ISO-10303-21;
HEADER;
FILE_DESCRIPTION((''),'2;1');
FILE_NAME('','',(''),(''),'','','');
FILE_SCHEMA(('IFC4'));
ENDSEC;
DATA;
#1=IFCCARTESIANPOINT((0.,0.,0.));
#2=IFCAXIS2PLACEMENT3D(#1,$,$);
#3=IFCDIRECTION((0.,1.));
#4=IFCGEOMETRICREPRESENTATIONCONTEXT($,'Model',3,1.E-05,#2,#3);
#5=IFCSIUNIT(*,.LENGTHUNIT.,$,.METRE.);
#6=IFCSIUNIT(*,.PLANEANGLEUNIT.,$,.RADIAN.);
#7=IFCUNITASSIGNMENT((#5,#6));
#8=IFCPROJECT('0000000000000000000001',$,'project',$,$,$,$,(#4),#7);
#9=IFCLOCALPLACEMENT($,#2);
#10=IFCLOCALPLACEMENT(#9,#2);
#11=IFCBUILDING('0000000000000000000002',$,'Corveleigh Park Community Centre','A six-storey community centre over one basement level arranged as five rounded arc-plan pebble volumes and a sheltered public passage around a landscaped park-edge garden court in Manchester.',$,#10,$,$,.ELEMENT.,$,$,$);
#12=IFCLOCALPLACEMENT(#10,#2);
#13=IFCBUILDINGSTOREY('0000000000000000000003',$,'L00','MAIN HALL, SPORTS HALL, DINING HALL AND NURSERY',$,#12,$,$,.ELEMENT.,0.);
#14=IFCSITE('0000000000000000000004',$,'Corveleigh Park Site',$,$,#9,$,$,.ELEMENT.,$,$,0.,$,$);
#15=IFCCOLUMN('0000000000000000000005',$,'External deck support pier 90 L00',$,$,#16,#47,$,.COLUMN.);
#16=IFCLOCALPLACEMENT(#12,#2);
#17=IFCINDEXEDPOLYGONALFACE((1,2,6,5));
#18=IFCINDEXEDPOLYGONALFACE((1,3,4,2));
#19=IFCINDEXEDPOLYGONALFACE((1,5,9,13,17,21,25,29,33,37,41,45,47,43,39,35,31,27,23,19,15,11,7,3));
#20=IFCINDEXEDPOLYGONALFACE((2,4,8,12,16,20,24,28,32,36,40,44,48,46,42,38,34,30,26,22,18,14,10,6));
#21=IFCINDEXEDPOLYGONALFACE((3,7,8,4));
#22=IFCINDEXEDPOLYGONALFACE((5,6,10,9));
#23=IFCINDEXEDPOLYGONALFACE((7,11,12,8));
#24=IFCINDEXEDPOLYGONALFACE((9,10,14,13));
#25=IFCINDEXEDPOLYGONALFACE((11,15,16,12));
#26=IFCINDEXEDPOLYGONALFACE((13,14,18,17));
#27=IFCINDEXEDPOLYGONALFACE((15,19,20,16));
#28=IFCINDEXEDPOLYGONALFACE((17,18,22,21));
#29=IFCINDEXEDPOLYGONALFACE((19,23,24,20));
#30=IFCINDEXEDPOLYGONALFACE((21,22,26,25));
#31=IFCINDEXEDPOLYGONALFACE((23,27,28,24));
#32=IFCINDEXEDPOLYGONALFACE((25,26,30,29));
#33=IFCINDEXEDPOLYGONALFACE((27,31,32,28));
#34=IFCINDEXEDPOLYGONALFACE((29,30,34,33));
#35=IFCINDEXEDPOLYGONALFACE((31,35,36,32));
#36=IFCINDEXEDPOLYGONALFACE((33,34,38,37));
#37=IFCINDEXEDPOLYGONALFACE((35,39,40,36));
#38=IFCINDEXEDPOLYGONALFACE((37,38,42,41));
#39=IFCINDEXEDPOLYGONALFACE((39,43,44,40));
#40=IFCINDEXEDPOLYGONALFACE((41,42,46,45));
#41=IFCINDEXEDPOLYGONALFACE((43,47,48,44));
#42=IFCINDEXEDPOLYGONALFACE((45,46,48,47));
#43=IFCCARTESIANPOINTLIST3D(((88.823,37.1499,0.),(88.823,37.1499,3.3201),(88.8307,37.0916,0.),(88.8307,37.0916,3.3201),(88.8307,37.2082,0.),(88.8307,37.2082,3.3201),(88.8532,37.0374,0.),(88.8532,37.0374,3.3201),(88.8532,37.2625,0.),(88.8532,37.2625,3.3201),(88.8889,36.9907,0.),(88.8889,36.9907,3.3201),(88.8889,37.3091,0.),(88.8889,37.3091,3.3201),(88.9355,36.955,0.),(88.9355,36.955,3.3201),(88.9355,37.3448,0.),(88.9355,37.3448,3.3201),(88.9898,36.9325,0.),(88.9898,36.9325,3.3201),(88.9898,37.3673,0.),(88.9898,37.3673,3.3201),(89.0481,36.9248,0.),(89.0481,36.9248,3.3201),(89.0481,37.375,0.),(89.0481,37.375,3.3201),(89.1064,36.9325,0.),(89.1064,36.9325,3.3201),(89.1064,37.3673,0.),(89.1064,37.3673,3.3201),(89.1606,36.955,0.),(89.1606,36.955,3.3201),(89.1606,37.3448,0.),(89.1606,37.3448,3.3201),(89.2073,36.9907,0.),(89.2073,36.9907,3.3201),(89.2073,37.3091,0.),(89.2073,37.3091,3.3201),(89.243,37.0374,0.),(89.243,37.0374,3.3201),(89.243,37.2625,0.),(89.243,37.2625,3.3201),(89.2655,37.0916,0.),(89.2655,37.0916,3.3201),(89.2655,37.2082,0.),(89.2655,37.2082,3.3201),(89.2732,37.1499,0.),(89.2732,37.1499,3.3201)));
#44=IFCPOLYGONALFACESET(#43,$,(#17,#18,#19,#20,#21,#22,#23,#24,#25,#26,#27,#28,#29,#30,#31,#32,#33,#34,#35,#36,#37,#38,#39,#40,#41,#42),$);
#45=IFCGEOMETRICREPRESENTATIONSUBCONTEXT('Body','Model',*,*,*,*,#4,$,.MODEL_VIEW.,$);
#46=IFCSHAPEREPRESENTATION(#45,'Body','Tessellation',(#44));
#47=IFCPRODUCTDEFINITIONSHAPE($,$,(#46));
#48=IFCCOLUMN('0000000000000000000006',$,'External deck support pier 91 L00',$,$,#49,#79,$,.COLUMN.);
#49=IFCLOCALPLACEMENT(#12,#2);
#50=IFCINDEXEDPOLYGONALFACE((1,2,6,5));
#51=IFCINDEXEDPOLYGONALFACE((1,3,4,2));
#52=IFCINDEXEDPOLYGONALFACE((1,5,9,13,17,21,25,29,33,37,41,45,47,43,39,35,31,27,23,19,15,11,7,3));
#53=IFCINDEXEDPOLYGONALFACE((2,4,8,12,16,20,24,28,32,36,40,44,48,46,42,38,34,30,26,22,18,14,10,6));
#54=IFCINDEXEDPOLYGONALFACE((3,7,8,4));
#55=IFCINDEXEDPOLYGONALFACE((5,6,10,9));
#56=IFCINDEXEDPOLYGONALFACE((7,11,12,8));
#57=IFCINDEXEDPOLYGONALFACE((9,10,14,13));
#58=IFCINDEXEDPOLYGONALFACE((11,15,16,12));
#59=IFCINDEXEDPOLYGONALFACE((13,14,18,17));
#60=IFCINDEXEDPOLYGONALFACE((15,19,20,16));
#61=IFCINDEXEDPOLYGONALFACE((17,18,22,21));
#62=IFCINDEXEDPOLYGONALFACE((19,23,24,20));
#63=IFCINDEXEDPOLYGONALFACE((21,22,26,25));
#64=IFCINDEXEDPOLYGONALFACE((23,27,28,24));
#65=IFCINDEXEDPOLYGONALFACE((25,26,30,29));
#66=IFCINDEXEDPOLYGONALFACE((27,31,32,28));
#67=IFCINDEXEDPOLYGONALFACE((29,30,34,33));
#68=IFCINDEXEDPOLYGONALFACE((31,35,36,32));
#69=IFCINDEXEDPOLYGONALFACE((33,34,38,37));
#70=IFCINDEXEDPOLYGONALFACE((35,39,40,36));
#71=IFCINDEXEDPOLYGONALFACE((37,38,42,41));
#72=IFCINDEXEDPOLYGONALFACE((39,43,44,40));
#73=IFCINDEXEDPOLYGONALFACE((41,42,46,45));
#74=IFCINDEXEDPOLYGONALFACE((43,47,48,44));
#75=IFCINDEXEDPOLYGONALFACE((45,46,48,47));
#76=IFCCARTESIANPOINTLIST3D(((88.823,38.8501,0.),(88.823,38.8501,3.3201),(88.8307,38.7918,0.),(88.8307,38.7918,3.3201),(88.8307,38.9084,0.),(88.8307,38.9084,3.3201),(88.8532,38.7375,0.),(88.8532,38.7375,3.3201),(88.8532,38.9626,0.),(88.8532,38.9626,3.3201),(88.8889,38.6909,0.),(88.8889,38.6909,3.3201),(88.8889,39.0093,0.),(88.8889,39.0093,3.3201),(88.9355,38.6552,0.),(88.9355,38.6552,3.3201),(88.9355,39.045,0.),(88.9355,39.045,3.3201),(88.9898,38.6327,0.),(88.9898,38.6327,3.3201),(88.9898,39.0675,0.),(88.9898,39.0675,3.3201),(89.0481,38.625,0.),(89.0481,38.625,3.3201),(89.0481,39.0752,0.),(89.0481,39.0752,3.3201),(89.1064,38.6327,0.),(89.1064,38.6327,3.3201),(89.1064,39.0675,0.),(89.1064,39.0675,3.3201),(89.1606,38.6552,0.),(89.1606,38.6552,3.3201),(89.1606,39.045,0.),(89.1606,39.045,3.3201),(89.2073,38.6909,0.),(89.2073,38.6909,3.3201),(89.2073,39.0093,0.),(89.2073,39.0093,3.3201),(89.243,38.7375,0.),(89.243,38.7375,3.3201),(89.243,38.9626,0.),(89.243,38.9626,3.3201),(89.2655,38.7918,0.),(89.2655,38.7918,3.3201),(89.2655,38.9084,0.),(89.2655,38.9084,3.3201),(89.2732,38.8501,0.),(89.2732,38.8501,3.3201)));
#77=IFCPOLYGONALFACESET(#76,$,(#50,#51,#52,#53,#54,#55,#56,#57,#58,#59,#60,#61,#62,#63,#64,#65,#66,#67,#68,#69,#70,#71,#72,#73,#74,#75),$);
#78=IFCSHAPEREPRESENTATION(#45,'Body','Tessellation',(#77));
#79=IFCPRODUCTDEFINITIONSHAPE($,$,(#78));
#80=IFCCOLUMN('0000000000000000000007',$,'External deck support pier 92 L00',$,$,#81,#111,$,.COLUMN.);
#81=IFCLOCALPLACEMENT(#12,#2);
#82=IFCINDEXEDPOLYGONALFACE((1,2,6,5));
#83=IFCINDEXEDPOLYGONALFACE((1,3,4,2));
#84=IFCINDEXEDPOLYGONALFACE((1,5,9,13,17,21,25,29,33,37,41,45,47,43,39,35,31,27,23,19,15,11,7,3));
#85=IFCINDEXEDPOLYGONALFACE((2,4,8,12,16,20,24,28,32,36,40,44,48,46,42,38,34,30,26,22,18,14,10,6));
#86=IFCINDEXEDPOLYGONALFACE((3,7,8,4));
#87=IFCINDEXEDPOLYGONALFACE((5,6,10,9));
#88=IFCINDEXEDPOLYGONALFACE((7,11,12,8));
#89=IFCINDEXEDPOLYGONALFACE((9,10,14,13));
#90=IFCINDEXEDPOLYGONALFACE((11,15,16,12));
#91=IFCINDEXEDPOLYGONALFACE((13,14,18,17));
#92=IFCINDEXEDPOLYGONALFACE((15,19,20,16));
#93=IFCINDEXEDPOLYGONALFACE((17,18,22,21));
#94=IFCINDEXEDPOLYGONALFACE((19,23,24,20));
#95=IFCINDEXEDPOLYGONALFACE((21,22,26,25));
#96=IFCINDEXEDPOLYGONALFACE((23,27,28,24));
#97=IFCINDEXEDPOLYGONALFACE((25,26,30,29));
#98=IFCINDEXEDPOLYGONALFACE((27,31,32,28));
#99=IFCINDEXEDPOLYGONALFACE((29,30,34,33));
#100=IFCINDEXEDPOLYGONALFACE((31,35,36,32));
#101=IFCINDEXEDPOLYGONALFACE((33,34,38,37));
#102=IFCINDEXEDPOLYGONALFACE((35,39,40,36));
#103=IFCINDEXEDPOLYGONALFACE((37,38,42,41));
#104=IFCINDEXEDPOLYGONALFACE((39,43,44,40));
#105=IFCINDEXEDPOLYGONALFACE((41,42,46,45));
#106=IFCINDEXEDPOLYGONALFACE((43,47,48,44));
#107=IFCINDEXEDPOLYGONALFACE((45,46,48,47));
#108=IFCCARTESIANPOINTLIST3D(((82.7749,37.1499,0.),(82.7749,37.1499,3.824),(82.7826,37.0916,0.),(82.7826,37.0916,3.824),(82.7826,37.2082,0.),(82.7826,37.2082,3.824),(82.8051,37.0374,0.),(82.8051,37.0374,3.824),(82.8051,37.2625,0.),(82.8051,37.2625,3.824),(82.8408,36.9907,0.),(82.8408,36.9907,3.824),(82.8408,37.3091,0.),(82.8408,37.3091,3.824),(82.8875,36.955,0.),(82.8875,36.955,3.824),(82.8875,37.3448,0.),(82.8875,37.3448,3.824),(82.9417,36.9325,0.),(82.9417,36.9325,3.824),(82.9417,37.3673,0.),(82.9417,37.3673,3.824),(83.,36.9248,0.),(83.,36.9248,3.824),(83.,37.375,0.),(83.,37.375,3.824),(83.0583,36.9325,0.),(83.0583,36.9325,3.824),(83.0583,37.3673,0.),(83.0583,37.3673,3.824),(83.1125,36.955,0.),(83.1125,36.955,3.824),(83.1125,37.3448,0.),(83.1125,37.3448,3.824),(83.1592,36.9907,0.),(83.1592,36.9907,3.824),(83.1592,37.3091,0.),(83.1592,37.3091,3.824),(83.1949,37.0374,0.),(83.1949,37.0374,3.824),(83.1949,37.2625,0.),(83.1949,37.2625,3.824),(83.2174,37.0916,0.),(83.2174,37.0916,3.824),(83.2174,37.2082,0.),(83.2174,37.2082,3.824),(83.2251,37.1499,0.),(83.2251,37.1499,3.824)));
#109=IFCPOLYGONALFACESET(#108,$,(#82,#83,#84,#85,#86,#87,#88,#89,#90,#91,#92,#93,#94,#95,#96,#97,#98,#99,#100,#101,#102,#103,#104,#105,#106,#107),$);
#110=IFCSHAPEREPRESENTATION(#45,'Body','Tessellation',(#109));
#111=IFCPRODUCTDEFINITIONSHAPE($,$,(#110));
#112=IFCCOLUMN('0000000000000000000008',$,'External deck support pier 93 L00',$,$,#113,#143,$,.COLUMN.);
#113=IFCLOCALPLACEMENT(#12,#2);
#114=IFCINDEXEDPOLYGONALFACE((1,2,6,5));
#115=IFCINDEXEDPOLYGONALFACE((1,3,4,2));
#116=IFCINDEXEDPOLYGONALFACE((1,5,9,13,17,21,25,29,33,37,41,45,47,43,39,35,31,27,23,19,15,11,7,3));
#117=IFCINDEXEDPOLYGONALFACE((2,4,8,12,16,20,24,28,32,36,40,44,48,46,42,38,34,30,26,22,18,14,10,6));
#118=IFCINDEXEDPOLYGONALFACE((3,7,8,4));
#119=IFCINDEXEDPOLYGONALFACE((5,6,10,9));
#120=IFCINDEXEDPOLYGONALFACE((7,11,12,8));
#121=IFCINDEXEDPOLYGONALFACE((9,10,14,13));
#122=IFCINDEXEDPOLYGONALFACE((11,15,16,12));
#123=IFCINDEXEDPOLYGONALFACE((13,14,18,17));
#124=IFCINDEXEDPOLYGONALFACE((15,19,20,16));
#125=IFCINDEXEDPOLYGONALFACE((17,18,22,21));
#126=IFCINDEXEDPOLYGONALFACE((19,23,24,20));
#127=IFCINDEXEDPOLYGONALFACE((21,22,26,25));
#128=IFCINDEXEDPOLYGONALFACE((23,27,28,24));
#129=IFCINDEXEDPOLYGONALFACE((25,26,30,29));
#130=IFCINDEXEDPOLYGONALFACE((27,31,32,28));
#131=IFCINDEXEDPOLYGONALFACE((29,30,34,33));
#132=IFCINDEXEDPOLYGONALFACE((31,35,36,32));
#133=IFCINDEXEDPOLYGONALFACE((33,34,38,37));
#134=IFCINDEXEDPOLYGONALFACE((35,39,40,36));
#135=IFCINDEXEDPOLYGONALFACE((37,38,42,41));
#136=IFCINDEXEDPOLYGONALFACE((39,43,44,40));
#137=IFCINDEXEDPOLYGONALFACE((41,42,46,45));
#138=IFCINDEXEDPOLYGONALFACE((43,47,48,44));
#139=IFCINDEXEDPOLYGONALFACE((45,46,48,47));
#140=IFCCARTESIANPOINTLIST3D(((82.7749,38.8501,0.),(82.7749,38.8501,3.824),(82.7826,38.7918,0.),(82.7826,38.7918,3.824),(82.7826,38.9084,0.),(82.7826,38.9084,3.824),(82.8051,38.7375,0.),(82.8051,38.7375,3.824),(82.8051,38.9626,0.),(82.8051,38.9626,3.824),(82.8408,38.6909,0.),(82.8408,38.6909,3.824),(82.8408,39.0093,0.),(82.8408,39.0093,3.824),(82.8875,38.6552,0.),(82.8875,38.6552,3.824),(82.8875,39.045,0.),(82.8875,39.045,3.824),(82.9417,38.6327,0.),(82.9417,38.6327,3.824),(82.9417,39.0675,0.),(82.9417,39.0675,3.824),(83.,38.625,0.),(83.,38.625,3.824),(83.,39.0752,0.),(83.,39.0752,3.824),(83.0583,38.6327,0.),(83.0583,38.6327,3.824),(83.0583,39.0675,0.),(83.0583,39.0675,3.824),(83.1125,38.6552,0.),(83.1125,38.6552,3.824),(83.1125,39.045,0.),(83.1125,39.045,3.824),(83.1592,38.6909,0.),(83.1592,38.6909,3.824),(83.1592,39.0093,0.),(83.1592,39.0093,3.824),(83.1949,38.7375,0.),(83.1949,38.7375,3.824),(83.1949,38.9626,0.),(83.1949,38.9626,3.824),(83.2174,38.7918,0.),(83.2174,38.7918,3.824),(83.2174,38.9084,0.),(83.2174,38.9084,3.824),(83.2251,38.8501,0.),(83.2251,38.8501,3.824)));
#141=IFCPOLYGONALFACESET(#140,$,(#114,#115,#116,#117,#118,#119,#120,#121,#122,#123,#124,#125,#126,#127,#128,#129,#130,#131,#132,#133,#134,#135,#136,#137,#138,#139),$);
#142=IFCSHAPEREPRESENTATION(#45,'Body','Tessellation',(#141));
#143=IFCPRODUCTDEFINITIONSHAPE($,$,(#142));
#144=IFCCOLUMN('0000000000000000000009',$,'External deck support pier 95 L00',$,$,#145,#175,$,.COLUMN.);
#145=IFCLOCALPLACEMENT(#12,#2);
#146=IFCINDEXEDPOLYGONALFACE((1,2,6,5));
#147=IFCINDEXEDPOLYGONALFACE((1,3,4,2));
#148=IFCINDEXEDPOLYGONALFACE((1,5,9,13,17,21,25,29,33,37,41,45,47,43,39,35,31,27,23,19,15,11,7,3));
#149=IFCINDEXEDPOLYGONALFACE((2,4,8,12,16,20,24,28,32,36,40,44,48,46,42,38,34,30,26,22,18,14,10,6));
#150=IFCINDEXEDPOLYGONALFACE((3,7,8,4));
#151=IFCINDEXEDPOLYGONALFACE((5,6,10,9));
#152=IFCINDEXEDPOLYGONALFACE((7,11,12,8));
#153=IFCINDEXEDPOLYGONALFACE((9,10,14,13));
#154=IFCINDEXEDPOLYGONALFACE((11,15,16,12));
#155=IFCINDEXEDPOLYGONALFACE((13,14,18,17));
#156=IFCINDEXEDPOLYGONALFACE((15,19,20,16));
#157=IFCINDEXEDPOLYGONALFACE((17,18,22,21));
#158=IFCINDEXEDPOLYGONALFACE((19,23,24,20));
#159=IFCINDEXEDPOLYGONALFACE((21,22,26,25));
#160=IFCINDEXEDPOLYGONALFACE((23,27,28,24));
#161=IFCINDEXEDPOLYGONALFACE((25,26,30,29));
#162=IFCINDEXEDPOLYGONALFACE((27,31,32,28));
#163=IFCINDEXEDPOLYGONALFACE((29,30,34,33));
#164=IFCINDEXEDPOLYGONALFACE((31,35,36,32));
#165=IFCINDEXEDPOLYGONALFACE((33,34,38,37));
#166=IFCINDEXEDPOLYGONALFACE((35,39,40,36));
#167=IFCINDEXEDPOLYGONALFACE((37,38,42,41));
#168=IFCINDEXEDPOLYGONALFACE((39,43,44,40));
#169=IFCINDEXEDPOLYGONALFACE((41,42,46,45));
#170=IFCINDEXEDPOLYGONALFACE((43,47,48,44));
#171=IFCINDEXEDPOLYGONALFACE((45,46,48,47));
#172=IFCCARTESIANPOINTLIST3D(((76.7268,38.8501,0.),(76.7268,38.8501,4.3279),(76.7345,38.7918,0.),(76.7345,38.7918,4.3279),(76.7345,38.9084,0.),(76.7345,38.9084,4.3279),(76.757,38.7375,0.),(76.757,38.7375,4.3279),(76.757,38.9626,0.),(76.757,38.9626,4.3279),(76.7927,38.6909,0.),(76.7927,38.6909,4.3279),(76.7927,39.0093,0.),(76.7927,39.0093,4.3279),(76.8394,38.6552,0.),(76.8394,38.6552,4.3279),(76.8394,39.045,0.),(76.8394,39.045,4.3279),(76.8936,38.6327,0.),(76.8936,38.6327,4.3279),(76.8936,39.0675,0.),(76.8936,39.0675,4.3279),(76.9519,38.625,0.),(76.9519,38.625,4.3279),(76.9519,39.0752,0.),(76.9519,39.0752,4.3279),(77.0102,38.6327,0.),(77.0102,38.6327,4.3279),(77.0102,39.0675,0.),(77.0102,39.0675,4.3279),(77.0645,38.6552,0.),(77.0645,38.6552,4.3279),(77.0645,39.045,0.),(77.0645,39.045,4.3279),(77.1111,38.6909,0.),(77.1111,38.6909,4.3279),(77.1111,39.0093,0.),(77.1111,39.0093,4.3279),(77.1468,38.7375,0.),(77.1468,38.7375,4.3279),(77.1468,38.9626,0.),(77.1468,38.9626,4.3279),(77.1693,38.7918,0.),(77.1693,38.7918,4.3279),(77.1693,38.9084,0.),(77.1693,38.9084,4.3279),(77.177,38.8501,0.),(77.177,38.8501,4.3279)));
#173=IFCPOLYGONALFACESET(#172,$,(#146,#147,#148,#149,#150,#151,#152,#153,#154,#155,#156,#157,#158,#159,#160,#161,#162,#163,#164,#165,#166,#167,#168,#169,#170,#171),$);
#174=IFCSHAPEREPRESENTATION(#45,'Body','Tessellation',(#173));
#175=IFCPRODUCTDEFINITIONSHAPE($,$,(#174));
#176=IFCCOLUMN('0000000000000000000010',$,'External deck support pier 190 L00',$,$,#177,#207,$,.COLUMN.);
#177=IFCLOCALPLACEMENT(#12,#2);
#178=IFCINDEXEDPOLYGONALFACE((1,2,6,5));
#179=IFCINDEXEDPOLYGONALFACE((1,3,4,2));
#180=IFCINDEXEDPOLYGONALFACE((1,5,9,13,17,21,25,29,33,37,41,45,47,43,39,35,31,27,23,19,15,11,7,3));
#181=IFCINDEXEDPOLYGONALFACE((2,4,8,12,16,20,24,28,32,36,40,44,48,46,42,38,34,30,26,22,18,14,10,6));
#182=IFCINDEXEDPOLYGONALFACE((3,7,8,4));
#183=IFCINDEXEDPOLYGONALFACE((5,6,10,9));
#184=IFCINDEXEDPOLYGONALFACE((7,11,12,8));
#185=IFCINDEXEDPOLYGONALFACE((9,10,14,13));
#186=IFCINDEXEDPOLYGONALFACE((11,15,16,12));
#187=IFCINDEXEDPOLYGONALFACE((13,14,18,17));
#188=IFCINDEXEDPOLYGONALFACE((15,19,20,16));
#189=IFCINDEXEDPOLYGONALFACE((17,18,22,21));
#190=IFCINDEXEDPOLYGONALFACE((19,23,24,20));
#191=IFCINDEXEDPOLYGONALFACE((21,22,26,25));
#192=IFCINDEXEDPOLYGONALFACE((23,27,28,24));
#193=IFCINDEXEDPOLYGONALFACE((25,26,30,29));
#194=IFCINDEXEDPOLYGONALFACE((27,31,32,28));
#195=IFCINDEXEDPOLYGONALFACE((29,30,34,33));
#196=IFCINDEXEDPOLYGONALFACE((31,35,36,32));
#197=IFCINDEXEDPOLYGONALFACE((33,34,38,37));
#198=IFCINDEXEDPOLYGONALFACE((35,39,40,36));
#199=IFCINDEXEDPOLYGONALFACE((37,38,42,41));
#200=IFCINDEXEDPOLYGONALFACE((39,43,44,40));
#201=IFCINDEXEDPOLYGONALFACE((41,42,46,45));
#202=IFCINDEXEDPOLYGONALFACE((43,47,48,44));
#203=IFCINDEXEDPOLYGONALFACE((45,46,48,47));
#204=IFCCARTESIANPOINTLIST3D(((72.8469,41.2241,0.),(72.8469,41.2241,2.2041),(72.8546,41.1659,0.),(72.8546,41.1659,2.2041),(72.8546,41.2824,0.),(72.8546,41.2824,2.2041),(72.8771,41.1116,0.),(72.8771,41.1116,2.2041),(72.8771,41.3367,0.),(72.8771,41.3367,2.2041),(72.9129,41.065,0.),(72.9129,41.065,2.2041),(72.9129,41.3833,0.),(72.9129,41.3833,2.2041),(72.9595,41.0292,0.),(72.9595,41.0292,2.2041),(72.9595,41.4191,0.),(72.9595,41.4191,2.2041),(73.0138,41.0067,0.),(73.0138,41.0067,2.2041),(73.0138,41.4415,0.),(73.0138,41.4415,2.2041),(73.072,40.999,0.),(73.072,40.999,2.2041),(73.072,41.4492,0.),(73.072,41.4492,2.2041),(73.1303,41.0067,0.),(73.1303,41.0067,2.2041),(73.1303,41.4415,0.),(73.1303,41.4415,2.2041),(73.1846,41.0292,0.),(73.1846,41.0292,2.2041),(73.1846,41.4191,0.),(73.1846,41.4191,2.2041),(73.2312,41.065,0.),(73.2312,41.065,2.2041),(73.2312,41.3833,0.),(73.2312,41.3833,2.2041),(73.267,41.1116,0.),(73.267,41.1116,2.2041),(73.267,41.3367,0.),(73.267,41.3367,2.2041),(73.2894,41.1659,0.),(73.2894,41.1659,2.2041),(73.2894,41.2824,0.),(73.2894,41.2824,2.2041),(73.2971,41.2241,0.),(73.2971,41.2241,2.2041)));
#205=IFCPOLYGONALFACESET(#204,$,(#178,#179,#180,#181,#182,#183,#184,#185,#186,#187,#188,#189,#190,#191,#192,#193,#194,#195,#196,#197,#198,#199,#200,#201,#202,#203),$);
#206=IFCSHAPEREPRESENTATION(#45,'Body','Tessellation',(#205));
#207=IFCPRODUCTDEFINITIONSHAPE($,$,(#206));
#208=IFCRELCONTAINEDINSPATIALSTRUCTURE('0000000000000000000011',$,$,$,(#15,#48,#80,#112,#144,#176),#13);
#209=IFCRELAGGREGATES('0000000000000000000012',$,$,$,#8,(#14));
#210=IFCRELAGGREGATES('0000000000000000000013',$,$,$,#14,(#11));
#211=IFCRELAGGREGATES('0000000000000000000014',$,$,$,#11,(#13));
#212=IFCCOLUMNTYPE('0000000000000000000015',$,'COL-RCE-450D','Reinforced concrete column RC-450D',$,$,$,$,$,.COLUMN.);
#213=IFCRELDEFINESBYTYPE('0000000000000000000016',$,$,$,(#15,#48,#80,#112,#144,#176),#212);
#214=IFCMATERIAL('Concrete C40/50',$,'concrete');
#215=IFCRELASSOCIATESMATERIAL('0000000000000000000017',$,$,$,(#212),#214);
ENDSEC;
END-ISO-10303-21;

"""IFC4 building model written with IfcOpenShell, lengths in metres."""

from ifc_helpers import new_model, si_unit, direction, frame, origin, origin_2d, place, context, subcontext, project, spatial, circle, extrude, material, material_profile, profile_set, type_object, element, save


model = new_model("IFC4")

# Units and contexts
model_context = context("Model", 3, precision=1e-05, world=origin(), true_north=direction((0.0, 1.0)))
body_context = subcontext(model_context, "Body", "Model", "MODEL_VIEW")
ifc_project = project(units=[si_unit("LENGTHUNIT", "METRE"), si_unit("PLANEANGLEUNIT", "RADIAN")], contexts=[model_context])

# Site, building, storey
site_placement = place(None, origin())
site = spatial("IfcSite", under=ifc_project, at=site_placement, Name="Corveleigh Park Site", CompositionType="ELEMENT", RefElevation=0.0)
building_placement = place(site_placement, origin())
building = spatial("IfcBuilding", under=site, at=building_placement, Name="Corveleigh Park Community Centre", Description="A six-storey community centre over one basement level arranged as five rounded arc-plan pebble volumes and a sheltered public passage around a landscaped park-edge garden court in Manchester.", CompositionType="ELEMENT")
storey_placement = place(building_placement, origin())
storey = spatial("IfcBuildingStorey", under=building, at=storey_placement, Name="L00", Description="MAIN HALL, SPORTS HALL, DINING HALL AND NURSERY", CompositionType="ELEMENT", Elevation=0.0)

# Columns
ifc_material_1 = material(Name="Concrete C40/50", Category="concrete")
ifc_material_profile_1 = material_profile(ifc_material_1, circle(Radius=0.2251, at=origin_2d()), Name="RC-450D", Category="concrete")
ifc_profile_set_1 = profile_set([ifc_material_profile_1], Name="Concrete C40/50")
column_type = type_object("IfcColumnType", Name="COL-RCE-450D", Description="Reinforced concrete column RC-450D", PredefinedType="COLUMN", material=ifc_profile_set_1)
for number, where, z_axis, x_axis, name in (
    (1, (89.0481, 37.1499, 0.0), (0.0, 0.0, 1.0), (1.0, 0.0, 0.0), "External deck support pier 90 L00"),
    (2, (89.0481, 38.8501, 0.0), (0.0, 0.0, 1.0), (1.0, 0.0, 0.0), "External deck support pier 91 L00"),
):
    element("IfcColumn", number, at=place(storey_placement, frame(where, z_axis=z_axis, x_axis=x_axis)), inside=storey, type_object=column_type, Name=name, PredefinedType="COLUMN", context=body_context, shape_type="SweptSolid", body=[
        extrude(circle(Radius=0.2251, at=origin_2d()), origin(), (0.0, 0.0, 1.0), 3.3201),
    ])
for number, where, z_axis, x_axis, name in (
    (3, (83.0, 37.1499, 0.0), (0.0, 0.0, 1.0), (1.0, 0.0, 0.0), "External deck support pier 92 L00"),
    (4, (83.0, 38.8501, 0.0), (0.0, 0.0, 1.0), (1.0, 0.0, 0.0), "External deck support pier 93 L00"),
):
    element("IfcColumn", number, at=place(storey_placement, frame(where, z_axis=z_axis, x_axis=x_axis)), inside=storey, type_object=column_type, Name=name, PredefinedType="COLUMN", context=body_context, shape_type="SweptSolid", body=[
        extrude(circle(Radius=0.2251, at=origin_2d()), origin(), (0.0, 0.0, 1.0), 3.824),
    ])
column_1_placement = place(storey_placement, frame((76.9519, 38.8501, 0.0), z_axis=(0.0, 0.0, 1.0), x_axis=(1.0, 0.0, 0.0)))
element("IfcColumn", 5, at=column_1_placement, inside=storey, type_object=column_type, Name="External deck support pier 95 L00", PredefinedType="COLUMN", context=body_context, shape_type="SweptSolid", body=[
    extrude(circle(Radius=0.2251, at=origin_2d()), origin(), (0.0, 0.0, 1.0), 4.3279),
])
for number, where, z_axis, x_axis, name in (
    (6, (73.072, 41.2241, 0.0), (0.0, 0.0, 1.0), (1.0, 0.0, 0.0), "External deck support pier 190 L00"),
):
    element("IfcColumn", number, at=place(storey_placement, frame(where, z_axis=z_axis, x_axis=x_axis)), inside=storey, type_object=column_type, Name=name, PredefinedType="COLUMN", context=body_context, shape_type="SweptSolid", body=[
        extrude(circle(Radius=0.2251, at=origin_2d()), origin(), (0.0, 0.0, 1.0), 2.2041),
    ])

save(model, "model.ifc")
